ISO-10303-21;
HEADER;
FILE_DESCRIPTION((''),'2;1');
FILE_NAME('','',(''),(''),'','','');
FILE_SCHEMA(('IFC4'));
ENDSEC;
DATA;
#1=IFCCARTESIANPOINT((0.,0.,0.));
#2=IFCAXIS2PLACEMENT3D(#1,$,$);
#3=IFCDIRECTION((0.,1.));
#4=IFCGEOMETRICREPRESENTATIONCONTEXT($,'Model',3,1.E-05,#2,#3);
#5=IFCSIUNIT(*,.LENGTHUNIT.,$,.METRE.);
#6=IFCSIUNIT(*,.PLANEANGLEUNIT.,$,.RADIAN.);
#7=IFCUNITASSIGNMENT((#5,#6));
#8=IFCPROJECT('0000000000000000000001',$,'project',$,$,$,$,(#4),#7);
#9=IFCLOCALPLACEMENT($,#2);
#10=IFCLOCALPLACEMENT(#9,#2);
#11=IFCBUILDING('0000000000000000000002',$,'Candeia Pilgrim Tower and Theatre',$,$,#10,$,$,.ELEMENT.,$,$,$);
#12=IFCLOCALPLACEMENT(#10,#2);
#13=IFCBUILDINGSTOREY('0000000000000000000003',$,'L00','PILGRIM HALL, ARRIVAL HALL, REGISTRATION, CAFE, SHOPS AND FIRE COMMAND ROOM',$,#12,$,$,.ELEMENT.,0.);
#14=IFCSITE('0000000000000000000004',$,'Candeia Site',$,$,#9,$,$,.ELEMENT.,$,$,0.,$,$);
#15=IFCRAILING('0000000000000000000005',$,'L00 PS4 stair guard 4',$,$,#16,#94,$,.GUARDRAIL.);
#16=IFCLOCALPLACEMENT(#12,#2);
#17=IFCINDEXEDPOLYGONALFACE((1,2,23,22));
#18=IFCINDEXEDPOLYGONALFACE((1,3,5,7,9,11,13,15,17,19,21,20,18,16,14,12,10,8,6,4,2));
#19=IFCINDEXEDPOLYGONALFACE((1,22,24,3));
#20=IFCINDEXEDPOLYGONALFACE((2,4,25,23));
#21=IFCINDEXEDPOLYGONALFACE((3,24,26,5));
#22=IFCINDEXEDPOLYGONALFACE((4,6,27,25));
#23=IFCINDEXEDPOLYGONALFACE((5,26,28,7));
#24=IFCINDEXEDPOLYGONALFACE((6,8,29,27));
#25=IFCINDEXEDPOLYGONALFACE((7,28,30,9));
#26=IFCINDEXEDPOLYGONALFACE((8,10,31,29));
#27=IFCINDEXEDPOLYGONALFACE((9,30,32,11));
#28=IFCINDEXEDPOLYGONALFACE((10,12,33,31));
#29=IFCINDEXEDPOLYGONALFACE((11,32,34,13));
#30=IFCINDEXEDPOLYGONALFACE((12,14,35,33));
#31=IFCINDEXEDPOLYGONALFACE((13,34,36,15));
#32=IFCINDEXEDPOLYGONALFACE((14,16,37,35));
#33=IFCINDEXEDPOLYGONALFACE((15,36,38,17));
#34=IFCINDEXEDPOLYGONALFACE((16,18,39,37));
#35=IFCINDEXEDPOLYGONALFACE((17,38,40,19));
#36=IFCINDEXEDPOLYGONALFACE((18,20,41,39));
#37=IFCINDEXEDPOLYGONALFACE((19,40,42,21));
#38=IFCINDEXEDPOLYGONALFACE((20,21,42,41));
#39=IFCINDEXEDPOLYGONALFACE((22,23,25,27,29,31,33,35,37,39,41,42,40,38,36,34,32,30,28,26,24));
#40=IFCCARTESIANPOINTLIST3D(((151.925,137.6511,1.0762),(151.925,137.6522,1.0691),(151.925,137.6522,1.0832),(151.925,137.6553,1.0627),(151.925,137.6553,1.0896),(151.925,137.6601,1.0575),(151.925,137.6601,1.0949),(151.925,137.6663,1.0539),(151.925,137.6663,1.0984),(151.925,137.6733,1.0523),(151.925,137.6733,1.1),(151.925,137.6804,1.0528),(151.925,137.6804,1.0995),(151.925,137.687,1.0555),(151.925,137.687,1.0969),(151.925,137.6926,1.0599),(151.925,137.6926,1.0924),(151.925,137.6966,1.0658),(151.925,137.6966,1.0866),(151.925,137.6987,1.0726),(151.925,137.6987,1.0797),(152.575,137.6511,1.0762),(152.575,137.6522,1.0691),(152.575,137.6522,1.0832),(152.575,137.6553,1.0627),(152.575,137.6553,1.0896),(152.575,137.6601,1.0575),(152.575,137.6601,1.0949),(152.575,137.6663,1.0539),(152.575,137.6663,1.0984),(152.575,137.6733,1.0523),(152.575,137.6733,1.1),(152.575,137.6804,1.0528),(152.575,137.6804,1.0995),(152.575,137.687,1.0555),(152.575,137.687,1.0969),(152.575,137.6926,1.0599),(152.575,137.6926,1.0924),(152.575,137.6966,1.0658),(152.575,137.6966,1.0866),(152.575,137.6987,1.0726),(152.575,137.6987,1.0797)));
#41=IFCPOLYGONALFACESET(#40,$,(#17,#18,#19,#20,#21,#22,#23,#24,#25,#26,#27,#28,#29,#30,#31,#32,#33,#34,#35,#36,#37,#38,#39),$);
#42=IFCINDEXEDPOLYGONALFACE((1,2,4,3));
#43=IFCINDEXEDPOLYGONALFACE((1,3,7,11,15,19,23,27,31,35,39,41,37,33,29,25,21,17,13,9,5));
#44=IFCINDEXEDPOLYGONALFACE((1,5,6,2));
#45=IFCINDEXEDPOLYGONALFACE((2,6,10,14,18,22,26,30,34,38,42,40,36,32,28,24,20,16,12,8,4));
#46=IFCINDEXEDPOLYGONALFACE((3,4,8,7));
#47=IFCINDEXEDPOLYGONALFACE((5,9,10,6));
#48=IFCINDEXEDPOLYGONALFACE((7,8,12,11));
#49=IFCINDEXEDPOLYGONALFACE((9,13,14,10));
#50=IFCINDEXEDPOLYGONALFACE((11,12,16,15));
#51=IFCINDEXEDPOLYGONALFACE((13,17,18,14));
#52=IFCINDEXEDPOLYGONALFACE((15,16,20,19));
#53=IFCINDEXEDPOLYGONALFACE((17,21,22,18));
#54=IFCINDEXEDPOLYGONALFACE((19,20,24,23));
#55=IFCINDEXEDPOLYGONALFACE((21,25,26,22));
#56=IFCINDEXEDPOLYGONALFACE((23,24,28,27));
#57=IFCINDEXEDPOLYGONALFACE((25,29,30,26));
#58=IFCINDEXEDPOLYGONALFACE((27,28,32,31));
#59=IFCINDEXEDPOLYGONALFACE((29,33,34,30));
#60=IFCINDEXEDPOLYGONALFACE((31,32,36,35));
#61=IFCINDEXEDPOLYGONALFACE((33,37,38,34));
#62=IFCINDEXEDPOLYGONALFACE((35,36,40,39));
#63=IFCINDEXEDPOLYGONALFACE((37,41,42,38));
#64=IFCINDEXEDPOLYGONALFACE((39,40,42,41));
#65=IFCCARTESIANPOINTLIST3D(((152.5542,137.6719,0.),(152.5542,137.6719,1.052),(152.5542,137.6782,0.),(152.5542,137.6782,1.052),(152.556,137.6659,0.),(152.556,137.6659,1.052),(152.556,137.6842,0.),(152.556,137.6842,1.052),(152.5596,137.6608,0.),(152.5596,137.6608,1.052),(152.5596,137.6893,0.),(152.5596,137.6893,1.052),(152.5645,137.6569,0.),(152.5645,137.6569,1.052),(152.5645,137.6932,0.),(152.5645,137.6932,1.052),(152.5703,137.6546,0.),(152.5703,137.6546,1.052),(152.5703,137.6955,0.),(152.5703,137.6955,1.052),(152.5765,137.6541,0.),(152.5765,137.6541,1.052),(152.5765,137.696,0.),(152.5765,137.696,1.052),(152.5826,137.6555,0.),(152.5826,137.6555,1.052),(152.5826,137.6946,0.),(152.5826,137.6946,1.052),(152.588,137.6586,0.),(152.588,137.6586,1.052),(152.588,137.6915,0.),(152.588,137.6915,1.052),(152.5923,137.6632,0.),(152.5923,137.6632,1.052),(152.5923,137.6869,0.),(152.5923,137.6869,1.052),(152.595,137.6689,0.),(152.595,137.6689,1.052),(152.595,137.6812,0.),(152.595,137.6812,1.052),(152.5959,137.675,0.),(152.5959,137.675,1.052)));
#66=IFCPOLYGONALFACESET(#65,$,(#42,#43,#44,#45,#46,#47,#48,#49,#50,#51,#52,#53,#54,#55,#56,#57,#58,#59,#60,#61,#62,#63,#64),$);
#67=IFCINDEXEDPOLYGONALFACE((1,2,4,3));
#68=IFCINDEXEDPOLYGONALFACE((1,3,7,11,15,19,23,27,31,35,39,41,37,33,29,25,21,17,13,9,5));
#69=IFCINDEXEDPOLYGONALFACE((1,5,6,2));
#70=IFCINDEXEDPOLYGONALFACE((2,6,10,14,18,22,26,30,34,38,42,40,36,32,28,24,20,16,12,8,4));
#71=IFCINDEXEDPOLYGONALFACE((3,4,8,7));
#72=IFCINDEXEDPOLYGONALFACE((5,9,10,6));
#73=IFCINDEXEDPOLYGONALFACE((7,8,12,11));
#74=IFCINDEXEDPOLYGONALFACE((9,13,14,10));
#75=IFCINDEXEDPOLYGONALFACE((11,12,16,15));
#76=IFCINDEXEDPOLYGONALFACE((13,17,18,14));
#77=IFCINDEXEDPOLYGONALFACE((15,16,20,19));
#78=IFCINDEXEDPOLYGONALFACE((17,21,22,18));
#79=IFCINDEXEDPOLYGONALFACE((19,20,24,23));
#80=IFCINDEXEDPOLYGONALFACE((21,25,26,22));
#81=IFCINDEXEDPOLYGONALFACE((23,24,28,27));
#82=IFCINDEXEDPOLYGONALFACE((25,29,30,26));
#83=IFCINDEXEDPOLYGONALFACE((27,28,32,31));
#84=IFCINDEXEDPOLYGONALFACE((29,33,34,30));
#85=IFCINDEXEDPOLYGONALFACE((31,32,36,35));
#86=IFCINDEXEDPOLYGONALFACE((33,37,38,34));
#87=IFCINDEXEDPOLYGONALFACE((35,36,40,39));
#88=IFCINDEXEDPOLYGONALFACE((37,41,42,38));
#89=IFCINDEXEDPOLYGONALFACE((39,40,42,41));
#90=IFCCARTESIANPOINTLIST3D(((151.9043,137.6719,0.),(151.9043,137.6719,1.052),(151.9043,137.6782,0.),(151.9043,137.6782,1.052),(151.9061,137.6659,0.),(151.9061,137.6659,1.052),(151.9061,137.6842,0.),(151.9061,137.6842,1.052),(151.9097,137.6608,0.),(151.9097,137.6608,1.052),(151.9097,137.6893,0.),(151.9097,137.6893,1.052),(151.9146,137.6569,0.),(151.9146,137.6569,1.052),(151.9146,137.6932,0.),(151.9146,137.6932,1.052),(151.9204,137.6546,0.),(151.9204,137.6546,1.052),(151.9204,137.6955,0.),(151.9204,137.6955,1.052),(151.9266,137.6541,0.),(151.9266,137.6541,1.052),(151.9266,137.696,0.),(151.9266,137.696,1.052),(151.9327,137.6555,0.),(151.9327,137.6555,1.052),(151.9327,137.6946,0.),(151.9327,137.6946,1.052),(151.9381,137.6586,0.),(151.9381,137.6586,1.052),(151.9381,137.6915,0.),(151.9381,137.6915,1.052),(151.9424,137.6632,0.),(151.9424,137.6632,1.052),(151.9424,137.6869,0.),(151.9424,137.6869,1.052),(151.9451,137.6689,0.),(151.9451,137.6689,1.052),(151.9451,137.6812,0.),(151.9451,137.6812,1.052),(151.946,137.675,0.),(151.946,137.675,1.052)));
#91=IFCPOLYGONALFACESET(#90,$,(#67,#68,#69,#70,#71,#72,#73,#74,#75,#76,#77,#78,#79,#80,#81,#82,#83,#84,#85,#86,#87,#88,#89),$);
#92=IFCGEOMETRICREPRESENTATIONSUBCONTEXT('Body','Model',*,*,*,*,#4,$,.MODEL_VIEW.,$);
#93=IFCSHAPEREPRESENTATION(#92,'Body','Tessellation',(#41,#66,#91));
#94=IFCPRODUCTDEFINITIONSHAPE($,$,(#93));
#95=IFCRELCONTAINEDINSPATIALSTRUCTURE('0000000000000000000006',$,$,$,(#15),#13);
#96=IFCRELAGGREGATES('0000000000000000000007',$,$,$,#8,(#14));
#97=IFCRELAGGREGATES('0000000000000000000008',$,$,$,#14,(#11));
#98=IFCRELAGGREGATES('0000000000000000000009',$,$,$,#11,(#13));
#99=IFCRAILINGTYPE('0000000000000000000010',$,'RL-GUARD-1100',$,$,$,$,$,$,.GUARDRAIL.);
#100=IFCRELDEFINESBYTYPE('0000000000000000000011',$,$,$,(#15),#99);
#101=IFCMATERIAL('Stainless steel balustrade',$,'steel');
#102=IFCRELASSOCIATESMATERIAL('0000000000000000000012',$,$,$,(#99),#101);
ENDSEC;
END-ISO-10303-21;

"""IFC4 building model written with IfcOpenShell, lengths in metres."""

from ifc_helpers import new_model, si_unit, direction, frame, origin, origin_2d, place, context, subcontext, project, spatial, circle, extrude, material, type_object, element, save


model = new_model("IFC4")

# Units and contexts
model_context = context("Model", 3, precision=1e-05, world=origin(), true_north=direction((0.0, 1.0)))
body_context = subcontext(model_context, "Body", "Model", "MODEL_VIEW")
ifc_project = project(units=[si_unit("LENGTHUNIT", "METRE"), si_unit("PLANEANGLEUNIT", "RADIAN")], contexts=[model_context])

# Site, building, storey
site_placement = place(None, origin())
site = spatial("IfcSite", under=ifc_project, at=site_placement, Name="Candeia Site", CompositionType="ELEMENT", RefElevation=0.0)
building_placement = place(site_placement, origin())
building = spatial("IfcBuilding", under=site, at=building_placement, Name="Candeia Pilgrim Tower and Theatre", CompositionType="ELEMENT")
storey_placement = place(building_placement, origin())
storey = spatial("IfcBuildingStorey", under=building, at=storey_placement, Name="L00", Description="PILGRIM HALL, ARRIVAL HALL, REGISTRATION, CAFE, SHOPS AND FIRE COMMAND ROOM", CompositionType="ELEMENT", Elevation=0.0)

# Railing
ifc_material_1 = material(Name="Stainless steel balustrade", Category="steel")
railing_type_1 = type_object("IfcRailingType", Name="RL-GUARD-1100", PredefinedType="GUARDRAIL", material=ifc_material_1)
for number, where, name in (
    (1, (152.575, 137.675, 0.0), "L00 PS4 stair guard 4"),
):
    element("IfcRailing", number, at=place(storey_placement, frame(where)), inside=storey, type_object=railing_type_1, Name=name, PredefinedType="GUARDRAIL", context=body_context, shape_type="SweptSolid", body=[
        extrude(circle(Radius=0.0239, at=origin_2d()), frame((0.0, 0.0, 1.0762), z_axis=(-1.0, 0.0, 0.0), x_axis=(0.0, -1.0, 0.0)), (0.0, 0.0, 1.0), 0.6499),
        extrude(circle(Radius=0.021, at=origin_2d()), origin(), (0.0, 0.0, 1.0), 1.052),
        extrude(circle(Radius=0.021, at=origin_2d()), frame((-0.6499, 0.0, 0.0)), (0.0, 0.0, 1.0), 1.052),
    ])

save(model, "model.ifc")
